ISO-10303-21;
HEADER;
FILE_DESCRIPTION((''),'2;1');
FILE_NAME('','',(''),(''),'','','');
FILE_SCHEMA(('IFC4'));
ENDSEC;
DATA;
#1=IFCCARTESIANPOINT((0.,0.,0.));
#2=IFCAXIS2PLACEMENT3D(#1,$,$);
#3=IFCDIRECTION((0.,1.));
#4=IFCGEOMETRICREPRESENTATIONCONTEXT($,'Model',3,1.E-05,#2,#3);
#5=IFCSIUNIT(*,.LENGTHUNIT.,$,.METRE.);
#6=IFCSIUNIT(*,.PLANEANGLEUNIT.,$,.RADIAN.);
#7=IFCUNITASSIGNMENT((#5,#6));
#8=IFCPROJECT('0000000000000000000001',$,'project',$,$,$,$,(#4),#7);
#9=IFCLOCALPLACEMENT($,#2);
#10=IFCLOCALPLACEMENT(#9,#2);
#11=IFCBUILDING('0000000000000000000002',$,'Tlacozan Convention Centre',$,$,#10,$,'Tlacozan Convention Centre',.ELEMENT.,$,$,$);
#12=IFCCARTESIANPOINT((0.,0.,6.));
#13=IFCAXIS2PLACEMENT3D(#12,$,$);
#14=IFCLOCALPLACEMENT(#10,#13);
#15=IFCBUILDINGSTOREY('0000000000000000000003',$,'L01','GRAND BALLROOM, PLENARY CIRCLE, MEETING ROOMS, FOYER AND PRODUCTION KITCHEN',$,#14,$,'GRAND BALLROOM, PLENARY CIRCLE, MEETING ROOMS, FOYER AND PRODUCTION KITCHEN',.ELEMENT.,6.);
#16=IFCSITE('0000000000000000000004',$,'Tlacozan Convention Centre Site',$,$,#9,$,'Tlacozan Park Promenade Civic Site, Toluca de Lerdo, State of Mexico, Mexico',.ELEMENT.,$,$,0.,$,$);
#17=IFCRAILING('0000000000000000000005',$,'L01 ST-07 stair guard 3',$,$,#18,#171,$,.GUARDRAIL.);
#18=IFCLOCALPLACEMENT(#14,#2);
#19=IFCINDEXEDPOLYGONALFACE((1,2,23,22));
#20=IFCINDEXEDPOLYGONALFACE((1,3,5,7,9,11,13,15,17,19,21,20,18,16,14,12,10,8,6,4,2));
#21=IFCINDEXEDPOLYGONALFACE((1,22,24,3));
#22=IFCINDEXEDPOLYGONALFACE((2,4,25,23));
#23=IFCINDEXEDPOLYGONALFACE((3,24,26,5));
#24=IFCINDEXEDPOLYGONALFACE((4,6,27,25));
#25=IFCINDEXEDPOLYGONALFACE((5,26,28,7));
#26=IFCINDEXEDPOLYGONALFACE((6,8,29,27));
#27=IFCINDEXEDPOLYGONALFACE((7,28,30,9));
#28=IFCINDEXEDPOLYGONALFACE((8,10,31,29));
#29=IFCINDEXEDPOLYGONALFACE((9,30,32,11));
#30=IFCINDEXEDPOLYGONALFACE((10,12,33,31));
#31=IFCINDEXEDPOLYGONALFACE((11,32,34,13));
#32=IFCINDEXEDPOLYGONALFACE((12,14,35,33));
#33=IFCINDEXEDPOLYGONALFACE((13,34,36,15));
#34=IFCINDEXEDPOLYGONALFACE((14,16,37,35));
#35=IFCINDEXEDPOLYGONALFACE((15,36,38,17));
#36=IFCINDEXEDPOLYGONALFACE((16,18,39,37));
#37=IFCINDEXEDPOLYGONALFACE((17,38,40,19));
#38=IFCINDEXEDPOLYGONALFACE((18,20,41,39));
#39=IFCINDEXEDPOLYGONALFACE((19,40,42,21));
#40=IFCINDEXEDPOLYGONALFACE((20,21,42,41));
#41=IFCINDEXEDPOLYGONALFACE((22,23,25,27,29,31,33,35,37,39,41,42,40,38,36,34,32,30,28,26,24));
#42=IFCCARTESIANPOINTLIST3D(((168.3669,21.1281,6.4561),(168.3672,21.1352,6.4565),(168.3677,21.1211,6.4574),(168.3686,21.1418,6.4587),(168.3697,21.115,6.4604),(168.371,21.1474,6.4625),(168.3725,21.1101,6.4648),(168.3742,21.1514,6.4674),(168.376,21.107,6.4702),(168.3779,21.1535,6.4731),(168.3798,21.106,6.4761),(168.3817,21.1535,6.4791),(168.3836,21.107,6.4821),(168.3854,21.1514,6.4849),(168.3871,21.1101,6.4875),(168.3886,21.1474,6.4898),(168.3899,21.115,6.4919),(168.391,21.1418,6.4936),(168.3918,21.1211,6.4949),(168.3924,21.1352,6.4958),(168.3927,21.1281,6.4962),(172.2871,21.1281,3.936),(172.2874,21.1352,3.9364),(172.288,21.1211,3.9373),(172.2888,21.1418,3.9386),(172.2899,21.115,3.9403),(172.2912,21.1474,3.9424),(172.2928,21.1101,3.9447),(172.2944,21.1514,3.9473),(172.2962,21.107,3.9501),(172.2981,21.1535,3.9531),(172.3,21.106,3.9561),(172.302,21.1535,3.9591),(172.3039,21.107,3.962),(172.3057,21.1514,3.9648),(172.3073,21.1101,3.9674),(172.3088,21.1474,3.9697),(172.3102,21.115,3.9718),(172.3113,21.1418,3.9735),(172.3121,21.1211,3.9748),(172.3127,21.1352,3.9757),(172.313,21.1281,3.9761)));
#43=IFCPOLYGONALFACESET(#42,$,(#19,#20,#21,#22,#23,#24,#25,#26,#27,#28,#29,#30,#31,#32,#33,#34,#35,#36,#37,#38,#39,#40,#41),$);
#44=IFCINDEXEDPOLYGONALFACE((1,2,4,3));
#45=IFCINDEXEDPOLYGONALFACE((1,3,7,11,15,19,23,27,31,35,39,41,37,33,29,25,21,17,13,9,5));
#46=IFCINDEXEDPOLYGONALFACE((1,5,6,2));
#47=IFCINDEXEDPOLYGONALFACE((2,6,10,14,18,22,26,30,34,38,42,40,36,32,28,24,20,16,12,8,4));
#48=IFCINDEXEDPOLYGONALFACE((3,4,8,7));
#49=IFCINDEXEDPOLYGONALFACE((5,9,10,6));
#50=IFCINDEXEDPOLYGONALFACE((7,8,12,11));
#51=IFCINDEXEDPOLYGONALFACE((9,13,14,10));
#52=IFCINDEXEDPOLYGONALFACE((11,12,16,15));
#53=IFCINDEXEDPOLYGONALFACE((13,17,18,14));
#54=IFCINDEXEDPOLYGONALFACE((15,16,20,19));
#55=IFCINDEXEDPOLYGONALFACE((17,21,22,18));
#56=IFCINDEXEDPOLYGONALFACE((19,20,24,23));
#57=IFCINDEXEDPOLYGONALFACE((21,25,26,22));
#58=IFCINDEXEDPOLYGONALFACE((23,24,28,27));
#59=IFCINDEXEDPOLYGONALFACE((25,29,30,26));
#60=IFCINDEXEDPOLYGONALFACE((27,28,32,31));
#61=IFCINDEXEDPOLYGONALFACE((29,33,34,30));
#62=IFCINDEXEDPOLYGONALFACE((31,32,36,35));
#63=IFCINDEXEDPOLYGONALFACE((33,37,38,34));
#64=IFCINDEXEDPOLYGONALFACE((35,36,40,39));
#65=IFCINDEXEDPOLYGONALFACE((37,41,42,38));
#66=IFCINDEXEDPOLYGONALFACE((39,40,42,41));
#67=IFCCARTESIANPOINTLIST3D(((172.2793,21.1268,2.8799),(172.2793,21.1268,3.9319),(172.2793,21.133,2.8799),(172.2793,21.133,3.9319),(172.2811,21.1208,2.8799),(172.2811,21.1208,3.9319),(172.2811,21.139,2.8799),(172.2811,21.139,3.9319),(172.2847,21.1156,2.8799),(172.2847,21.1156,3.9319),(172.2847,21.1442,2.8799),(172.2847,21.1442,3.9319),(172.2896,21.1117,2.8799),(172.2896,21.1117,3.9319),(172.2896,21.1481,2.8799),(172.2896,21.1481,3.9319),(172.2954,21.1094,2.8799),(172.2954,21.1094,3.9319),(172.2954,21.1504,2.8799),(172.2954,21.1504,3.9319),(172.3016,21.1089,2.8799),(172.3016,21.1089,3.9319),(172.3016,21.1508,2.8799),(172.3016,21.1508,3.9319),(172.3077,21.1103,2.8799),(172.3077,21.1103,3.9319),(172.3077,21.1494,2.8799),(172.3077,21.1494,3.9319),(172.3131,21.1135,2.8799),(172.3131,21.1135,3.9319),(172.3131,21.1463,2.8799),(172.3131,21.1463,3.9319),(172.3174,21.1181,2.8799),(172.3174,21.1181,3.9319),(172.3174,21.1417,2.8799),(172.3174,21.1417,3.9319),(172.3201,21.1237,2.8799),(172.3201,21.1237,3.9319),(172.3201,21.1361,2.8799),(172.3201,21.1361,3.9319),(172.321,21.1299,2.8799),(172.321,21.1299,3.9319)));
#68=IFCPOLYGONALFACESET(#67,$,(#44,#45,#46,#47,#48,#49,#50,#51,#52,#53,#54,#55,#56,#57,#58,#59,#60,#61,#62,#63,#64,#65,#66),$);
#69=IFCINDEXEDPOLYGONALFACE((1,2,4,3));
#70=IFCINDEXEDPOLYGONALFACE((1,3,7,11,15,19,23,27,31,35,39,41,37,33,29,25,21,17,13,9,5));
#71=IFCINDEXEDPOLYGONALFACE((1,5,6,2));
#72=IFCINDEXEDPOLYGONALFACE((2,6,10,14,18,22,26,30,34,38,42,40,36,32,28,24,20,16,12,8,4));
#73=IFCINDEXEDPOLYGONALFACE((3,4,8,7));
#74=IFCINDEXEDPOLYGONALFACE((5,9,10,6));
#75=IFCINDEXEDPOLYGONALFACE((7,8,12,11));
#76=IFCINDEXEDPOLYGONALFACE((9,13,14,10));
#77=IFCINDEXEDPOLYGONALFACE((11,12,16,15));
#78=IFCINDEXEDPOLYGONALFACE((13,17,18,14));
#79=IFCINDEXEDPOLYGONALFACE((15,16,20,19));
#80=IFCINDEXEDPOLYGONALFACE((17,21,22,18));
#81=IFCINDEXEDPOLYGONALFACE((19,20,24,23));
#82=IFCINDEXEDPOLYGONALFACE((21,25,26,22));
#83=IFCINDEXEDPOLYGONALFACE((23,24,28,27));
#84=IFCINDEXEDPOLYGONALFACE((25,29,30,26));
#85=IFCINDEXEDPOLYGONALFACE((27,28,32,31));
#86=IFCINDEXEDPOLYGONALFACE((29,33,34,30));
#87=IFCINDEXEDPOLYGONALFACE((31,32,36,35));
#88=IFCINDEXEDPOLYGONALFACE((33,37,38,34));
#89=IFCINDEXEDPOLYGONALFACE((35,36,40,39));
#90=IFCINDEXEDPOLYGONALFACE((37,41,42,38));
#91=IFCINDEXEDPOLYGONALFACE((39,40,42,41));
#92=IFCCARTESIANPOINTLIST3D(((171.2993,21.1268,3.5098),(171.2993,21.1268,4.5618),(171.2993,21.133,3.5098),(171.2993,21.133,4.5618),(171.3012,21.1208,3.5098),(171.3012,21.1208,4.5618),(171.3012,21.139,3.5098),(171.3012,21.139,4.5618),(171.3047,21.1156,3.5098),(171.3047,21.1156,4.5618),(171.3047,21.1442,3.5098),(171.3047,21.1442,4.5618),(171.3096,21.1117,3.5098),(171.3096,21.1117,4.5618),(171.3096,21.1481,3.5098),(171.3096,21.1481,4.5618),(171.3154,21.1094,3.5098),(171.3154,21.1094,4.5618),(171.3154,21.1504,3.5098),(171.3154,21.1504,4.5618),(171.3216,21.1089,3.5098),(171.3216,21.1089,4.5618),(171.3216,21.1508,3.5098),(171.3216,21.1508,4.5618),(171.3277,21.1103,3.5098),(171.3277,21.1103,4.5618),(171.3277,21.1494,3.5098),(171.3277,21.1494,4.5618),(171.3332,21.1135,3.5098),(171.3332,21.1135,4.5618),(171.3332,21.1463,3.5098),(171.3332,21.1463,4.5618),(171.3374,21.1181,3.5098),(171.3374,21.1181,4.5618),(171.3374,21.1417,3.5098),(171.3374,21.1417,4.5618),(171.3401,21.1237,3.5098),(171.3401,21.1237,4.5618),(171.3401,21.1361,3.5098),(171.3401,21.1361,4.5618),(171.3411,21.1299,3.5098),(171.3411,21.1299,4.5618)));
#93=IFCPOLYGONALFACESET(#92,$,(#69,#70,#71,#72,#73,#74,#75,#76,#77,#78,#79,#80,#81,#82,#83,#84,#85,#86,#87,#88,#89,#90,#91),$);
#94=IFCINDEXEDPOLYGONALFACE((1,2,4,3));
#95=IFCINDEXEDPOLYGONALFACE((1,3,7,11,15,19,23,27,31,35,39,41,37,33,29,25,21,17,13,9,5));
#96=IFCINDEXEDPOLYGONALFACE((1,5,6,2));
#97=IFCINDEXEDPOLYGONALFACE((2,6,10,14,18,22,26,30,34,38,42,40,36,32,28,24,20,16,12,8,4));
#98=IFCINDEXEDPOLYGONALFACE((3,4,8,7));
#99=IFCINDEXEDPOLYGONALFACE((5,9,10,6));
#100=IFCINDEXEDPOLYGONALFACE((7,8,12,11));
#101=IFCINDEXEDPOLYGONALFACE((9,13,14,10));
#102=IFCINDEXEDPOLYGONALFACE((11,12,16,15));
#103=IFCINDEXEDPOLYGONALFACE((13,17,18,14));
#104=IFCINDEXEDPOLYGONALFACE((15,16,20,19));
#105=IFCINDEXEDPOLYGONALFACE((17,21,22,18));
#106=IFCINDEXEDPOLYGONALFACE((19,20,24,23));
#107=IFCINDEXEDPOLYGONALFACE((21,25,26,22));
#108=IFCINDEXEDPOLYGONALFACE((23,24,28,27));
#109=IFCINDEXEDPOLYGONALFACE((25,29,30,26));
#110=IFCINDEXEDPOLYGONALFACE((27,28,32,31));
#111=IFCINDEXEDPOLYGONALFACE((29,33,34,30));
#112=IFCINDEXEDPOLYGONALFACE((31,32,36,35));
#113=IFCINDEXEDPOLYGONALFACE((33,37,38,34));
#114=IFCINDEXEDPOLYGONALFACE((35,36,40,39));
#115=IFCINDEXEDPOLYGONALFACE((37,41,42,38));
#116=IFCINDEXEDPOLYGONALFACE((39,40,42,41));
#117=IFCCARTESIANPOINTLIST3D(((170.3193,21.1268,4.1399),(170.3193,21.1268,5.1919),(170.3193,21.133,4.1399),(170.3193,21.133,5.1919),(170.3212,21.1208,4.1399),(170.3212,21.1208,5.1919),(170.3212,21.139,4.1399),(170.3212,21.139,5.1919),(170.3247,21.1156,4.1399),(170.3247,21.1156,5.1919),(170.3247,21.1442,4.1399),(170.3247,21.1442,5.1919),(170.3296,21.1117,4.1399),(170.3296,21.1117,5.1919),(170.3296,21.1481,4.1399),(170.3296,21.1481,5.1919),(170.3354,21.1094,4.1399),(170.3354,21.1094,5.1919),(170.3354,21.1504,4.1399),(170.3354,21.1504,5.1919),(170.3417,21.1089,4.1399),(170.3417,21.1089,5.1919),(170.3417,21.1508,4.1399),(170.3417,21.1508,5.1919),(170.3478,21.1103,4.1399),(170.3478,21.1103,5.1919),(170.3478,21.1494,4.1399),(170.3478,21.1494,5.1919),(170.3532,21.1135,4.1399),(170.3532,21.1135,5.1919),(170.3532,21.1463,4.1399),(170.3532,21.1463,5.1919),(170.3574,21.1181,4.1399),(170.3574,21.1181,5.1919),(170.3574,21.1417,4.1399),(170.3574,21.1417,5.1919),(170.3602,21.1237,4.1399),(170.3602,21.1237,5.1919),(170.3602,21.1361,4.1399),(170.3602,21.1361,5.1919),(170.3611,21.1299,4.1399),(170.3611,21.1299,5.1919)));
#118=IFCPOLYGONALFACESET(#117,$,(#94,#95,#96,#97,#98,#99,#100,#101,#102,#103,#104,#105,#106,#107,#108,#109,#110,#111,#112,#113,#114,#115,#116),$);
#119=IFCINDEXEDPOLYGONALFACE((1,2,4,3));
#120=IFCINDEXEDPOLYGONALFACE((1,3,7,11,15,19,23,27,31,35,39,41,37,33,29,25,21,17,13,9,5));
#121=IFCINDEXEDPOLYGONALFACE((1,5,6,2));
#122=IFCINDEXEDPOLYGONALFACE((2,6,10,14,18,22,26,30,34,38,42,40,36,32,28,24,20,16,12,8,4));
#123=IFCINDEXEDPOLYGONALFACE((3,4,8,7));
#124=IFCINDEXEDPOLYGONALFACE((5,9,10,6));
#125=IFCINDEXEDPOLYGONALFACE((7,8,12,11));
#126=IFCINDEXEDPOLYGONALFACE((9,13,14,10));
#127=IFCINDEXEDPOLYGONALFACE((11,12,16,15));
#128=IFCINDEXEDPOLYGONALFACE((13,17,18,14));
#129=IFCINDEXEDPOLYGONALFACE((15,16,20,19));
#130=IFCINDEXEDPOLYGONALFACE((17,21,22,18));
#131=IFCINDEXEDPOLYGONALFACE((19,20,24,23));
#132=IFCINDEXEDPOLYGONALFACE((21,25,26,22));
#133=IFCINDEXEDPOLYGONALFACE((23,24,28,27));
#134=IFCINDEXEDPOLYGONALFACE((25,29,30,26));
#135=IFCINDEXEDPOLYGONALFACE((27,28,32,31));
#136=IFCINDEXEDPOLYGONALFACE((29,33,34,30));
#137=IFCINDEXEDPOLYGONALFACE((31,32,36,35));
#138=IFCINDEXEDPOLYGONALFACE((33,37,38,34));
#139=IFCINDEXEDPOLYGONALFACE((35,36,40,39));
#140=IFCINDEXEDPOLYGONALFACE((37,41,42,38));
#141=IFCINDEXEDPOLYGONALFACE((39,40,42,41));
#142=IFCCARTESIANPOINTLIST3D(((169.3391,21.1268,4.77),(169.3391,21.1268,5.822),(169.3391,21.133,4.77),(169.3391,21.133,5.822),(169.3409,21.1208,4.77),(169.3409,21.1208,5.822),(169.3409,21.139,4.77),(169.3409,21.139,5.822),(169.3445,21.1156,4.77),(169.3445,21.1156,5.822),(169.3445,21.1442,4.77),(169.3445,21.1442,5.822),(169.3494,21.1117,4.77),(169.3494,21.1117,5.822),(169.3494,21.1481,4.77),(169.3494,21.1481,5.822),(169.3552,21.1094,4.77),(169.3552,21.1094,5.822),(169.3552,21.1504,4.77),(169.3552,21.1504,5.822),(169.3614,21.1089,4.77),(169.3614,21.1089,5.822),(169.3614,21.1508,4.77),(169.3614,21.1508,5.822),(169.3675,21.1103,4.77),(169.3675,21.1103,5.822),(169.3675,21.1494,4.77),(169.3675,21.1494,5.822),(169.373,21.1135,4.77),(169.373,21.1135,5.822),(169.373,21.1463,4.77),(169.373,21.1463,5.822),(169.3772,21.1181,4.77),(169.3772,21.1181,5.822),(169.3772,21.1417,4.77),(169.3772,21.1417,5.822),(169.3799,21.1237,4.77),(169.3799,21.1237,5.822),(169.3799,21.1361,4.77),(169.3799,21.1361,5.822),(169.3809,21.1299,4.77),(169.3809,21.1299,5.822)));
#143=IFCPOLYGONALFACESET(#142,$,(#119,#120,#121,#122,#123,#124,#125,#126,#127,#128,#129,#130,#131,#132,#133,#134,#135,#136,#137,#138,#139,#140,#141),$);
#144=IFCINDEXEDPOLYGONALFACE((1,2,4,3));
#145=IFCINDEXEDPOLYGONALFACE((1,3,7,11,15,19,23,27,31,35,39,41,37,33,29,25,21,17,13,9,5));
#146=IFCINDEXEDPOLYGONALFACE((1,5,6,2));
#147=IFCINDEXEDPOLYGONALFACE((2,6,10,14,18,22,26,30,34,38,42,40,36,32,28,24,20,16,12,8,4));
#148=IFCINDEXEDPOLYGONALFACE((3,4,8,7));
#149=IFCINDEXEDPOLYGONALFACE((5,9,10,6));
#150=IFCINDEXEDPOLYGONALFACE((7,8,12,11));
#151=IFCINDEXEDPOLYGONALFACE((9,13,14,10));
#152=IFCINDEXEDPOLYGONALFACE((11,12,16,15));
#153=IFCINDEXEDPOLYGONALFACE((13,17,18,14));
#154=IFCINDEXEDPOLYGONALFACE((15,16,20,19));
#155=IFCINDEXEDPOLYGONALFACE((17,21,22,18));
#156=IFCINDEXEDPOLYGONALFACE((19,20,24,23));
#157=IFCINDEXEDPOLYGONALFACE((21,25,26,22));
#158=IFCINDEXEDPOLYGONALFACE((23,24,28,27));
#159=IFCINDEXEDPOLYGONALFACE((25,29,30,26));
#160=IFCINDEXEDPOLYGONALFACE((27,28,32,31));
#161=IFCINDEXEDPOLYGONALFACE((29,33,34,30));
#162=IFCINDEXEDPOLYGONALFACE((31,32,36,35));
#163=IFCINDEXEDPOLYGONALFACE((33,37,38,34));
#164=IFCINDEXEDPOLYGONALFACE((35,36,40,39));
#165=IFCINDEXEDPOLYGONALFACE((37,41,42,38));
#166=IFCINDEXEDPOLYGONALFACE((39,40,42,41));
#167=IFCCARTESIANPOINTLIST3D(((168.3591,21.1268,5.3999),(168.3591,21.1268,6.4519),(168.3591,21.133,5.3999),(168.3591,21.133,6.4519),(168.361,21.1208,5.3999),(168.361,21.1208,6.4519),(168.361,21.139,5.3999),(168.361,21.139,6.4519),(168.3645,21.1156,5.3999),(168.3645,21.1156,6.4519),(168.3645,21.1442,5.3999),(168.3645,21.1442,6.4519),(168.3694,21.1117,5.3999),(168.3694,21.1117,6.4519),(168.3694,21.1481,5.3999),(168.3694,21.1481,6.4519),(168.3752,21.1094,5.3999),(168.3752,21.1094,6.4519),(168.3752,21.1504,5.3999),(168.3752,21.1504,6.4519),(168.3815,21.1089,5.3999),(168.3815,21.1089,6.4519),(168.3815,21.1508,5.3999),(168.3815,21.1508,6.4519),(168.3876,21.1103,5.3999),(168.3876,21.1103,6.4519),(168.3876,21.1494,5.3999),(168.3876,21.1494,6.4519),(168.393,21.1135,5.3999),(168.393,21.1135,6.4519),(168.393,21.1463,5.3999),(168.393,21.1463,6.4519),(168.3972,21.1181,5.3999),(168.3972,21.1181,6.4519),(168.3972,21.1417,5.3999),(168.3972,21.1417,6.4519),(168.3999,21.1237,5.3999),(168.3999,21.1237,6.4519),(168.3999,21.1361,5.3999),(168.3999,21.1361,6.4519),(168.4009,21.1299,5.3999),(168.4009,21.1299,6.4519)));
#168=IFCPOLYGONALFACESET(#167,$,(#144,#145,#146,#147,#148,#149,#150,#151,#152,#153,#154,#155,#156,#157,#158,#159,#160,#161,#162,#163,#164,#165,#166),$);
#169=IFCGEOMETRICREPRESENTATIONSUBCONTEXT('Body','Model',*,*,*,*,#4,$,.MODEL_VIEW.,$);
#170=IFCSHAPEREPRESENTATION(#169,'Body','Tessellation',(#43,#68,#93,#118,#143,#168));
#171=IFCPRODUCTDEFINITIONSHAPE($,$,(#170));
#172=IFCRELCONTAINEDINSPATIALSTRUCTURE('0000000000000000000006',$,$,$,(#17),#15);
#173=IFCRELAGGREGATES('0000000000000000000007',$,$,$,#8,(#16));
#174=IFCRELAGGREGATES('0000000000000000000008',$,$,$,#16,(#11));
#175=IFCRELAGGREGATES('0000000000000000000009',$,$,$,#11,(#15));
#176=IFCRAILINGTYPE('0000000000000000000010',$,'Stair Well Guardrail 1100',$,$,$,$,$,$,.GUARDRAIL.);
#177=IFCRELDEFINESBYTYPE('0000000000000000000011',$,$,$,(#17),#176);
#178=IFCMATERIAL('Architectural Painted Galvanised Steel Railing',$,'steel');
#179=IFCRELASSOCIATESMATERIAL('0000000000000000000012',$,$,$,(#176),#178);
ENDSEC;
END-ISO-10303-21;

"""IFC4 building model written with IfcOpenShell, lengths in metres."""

from ifc_helpers import new_model, si_unit, direction, frame, origin, origin_2d, place, context, subcontext, project, spatial, circle, extrude, material, type_object, element, save


model = new_model("IFC4")

# Units and contexts
model_context = context("Model", 3, precision=1e-05, world=origin(), true_north=direction((0.0, 1.0)))
body_context = subcontext(model_context, "Body", "Model", "MODEL_VIEW")
ifc_project = project(units=[si_unit("LENGTHUNIT", "METRE"), si_unit("PLANEANGLEUNIT", "RADIAN")], contexts=[model_context])

# Site, building, storey
site_placement = place(None, origin())
site = spatial("IfcSite", under=ifc_project, at=site_placement, Name="Tlacozan Convention Centre Site", LongName="Tlacozan Park Promenade Civic Site, Toluca de Lerdo, State of Mexico, Mexico", CompositionType="ELEMENT", RefElevation=0.0)
building_placement = place(site_placement, origin())
building = spatial("IfcBuilding", under=site, at=building_placement, Name="Tlacozan Convention Centre", LongName="Tlacozan Convention Centre", CompositionType="ELEMENT")
storey_placement = place(building_placement, frame((0.0, 0.0, 6.0)))
storey = spatial("IfcBuildingStorey", under=building, at=storey_placement, Name="L01", Description="GRAND BALLROOM, PLENARY CIRCLE, MEETING ROOMS, FOYER AND PRODUCTION KITCHEN", LongName="GRAND BALLROOM, PLENARY CIRCLE, MEETING ROOMS, FOYER AND PRODUCTION KITCHEN", CompositionType="ELEMENT", Elevation=6.0)

# Railing
ifc_material_1 = material(Name="Architectural Painted Galvanised Steel Railing", Category="steel")
railing_type_1 = type_object("IfcRailingType", Name="Stair Well Guardrail 1100", PredefinedType="GUARDRAIL", material=ifc_material_1)
railing_1_placement = place(storey_placement, frame((172.3, 21.1299, 2.8799)))
element("IfcRailing", 1, at=railing_1_placement, inside=storey, type_object=railing_type_1, Name="L01 ST-07 stair guard 3", PredefinedType="GUARDRAIL", context=body_context, shape_type="SweptSolid", body=[
    extrude(circle(Radius=0.0239, at=origin_2d()), frame((0.0, 0.0, 1.0762), z_axis=(-0.841187, 0.0, 0.540744), x_axis=(0.0, -1.0, 0.0)), (0.0, 0.0, 1.0), 4.6604),
    extrude(circle(Radius=0.021, at=origin_2d()), origin(), (0.0, 0.0, 1.0), 1.052),
    extrude(circle(Radius=0.021, at=origin_2d()), frame((-0.98, 0.0, 0.6299)), (0.0, 0.0, 1.0), 1.052),
    extrude(circle(Radius=0.021, at=origin_2d()), frame((-1.96, 0.0, 1.26)), (0.0, 0.0, 1.0), 1.052),
    extrude(circle(Radius=0.021, at=origin_2d()), frame((-2.9402, 0.0, 1.8901)), (0.0, 0.0, 1.0), 1.052),
    extrude(circle(Radius=0.021, at=origin_2d()), frame((-3.9202, 0.0, 2.52)), (0.0, 0.0, 1.0), 1.052),
])

save(model, "model.ifc")
